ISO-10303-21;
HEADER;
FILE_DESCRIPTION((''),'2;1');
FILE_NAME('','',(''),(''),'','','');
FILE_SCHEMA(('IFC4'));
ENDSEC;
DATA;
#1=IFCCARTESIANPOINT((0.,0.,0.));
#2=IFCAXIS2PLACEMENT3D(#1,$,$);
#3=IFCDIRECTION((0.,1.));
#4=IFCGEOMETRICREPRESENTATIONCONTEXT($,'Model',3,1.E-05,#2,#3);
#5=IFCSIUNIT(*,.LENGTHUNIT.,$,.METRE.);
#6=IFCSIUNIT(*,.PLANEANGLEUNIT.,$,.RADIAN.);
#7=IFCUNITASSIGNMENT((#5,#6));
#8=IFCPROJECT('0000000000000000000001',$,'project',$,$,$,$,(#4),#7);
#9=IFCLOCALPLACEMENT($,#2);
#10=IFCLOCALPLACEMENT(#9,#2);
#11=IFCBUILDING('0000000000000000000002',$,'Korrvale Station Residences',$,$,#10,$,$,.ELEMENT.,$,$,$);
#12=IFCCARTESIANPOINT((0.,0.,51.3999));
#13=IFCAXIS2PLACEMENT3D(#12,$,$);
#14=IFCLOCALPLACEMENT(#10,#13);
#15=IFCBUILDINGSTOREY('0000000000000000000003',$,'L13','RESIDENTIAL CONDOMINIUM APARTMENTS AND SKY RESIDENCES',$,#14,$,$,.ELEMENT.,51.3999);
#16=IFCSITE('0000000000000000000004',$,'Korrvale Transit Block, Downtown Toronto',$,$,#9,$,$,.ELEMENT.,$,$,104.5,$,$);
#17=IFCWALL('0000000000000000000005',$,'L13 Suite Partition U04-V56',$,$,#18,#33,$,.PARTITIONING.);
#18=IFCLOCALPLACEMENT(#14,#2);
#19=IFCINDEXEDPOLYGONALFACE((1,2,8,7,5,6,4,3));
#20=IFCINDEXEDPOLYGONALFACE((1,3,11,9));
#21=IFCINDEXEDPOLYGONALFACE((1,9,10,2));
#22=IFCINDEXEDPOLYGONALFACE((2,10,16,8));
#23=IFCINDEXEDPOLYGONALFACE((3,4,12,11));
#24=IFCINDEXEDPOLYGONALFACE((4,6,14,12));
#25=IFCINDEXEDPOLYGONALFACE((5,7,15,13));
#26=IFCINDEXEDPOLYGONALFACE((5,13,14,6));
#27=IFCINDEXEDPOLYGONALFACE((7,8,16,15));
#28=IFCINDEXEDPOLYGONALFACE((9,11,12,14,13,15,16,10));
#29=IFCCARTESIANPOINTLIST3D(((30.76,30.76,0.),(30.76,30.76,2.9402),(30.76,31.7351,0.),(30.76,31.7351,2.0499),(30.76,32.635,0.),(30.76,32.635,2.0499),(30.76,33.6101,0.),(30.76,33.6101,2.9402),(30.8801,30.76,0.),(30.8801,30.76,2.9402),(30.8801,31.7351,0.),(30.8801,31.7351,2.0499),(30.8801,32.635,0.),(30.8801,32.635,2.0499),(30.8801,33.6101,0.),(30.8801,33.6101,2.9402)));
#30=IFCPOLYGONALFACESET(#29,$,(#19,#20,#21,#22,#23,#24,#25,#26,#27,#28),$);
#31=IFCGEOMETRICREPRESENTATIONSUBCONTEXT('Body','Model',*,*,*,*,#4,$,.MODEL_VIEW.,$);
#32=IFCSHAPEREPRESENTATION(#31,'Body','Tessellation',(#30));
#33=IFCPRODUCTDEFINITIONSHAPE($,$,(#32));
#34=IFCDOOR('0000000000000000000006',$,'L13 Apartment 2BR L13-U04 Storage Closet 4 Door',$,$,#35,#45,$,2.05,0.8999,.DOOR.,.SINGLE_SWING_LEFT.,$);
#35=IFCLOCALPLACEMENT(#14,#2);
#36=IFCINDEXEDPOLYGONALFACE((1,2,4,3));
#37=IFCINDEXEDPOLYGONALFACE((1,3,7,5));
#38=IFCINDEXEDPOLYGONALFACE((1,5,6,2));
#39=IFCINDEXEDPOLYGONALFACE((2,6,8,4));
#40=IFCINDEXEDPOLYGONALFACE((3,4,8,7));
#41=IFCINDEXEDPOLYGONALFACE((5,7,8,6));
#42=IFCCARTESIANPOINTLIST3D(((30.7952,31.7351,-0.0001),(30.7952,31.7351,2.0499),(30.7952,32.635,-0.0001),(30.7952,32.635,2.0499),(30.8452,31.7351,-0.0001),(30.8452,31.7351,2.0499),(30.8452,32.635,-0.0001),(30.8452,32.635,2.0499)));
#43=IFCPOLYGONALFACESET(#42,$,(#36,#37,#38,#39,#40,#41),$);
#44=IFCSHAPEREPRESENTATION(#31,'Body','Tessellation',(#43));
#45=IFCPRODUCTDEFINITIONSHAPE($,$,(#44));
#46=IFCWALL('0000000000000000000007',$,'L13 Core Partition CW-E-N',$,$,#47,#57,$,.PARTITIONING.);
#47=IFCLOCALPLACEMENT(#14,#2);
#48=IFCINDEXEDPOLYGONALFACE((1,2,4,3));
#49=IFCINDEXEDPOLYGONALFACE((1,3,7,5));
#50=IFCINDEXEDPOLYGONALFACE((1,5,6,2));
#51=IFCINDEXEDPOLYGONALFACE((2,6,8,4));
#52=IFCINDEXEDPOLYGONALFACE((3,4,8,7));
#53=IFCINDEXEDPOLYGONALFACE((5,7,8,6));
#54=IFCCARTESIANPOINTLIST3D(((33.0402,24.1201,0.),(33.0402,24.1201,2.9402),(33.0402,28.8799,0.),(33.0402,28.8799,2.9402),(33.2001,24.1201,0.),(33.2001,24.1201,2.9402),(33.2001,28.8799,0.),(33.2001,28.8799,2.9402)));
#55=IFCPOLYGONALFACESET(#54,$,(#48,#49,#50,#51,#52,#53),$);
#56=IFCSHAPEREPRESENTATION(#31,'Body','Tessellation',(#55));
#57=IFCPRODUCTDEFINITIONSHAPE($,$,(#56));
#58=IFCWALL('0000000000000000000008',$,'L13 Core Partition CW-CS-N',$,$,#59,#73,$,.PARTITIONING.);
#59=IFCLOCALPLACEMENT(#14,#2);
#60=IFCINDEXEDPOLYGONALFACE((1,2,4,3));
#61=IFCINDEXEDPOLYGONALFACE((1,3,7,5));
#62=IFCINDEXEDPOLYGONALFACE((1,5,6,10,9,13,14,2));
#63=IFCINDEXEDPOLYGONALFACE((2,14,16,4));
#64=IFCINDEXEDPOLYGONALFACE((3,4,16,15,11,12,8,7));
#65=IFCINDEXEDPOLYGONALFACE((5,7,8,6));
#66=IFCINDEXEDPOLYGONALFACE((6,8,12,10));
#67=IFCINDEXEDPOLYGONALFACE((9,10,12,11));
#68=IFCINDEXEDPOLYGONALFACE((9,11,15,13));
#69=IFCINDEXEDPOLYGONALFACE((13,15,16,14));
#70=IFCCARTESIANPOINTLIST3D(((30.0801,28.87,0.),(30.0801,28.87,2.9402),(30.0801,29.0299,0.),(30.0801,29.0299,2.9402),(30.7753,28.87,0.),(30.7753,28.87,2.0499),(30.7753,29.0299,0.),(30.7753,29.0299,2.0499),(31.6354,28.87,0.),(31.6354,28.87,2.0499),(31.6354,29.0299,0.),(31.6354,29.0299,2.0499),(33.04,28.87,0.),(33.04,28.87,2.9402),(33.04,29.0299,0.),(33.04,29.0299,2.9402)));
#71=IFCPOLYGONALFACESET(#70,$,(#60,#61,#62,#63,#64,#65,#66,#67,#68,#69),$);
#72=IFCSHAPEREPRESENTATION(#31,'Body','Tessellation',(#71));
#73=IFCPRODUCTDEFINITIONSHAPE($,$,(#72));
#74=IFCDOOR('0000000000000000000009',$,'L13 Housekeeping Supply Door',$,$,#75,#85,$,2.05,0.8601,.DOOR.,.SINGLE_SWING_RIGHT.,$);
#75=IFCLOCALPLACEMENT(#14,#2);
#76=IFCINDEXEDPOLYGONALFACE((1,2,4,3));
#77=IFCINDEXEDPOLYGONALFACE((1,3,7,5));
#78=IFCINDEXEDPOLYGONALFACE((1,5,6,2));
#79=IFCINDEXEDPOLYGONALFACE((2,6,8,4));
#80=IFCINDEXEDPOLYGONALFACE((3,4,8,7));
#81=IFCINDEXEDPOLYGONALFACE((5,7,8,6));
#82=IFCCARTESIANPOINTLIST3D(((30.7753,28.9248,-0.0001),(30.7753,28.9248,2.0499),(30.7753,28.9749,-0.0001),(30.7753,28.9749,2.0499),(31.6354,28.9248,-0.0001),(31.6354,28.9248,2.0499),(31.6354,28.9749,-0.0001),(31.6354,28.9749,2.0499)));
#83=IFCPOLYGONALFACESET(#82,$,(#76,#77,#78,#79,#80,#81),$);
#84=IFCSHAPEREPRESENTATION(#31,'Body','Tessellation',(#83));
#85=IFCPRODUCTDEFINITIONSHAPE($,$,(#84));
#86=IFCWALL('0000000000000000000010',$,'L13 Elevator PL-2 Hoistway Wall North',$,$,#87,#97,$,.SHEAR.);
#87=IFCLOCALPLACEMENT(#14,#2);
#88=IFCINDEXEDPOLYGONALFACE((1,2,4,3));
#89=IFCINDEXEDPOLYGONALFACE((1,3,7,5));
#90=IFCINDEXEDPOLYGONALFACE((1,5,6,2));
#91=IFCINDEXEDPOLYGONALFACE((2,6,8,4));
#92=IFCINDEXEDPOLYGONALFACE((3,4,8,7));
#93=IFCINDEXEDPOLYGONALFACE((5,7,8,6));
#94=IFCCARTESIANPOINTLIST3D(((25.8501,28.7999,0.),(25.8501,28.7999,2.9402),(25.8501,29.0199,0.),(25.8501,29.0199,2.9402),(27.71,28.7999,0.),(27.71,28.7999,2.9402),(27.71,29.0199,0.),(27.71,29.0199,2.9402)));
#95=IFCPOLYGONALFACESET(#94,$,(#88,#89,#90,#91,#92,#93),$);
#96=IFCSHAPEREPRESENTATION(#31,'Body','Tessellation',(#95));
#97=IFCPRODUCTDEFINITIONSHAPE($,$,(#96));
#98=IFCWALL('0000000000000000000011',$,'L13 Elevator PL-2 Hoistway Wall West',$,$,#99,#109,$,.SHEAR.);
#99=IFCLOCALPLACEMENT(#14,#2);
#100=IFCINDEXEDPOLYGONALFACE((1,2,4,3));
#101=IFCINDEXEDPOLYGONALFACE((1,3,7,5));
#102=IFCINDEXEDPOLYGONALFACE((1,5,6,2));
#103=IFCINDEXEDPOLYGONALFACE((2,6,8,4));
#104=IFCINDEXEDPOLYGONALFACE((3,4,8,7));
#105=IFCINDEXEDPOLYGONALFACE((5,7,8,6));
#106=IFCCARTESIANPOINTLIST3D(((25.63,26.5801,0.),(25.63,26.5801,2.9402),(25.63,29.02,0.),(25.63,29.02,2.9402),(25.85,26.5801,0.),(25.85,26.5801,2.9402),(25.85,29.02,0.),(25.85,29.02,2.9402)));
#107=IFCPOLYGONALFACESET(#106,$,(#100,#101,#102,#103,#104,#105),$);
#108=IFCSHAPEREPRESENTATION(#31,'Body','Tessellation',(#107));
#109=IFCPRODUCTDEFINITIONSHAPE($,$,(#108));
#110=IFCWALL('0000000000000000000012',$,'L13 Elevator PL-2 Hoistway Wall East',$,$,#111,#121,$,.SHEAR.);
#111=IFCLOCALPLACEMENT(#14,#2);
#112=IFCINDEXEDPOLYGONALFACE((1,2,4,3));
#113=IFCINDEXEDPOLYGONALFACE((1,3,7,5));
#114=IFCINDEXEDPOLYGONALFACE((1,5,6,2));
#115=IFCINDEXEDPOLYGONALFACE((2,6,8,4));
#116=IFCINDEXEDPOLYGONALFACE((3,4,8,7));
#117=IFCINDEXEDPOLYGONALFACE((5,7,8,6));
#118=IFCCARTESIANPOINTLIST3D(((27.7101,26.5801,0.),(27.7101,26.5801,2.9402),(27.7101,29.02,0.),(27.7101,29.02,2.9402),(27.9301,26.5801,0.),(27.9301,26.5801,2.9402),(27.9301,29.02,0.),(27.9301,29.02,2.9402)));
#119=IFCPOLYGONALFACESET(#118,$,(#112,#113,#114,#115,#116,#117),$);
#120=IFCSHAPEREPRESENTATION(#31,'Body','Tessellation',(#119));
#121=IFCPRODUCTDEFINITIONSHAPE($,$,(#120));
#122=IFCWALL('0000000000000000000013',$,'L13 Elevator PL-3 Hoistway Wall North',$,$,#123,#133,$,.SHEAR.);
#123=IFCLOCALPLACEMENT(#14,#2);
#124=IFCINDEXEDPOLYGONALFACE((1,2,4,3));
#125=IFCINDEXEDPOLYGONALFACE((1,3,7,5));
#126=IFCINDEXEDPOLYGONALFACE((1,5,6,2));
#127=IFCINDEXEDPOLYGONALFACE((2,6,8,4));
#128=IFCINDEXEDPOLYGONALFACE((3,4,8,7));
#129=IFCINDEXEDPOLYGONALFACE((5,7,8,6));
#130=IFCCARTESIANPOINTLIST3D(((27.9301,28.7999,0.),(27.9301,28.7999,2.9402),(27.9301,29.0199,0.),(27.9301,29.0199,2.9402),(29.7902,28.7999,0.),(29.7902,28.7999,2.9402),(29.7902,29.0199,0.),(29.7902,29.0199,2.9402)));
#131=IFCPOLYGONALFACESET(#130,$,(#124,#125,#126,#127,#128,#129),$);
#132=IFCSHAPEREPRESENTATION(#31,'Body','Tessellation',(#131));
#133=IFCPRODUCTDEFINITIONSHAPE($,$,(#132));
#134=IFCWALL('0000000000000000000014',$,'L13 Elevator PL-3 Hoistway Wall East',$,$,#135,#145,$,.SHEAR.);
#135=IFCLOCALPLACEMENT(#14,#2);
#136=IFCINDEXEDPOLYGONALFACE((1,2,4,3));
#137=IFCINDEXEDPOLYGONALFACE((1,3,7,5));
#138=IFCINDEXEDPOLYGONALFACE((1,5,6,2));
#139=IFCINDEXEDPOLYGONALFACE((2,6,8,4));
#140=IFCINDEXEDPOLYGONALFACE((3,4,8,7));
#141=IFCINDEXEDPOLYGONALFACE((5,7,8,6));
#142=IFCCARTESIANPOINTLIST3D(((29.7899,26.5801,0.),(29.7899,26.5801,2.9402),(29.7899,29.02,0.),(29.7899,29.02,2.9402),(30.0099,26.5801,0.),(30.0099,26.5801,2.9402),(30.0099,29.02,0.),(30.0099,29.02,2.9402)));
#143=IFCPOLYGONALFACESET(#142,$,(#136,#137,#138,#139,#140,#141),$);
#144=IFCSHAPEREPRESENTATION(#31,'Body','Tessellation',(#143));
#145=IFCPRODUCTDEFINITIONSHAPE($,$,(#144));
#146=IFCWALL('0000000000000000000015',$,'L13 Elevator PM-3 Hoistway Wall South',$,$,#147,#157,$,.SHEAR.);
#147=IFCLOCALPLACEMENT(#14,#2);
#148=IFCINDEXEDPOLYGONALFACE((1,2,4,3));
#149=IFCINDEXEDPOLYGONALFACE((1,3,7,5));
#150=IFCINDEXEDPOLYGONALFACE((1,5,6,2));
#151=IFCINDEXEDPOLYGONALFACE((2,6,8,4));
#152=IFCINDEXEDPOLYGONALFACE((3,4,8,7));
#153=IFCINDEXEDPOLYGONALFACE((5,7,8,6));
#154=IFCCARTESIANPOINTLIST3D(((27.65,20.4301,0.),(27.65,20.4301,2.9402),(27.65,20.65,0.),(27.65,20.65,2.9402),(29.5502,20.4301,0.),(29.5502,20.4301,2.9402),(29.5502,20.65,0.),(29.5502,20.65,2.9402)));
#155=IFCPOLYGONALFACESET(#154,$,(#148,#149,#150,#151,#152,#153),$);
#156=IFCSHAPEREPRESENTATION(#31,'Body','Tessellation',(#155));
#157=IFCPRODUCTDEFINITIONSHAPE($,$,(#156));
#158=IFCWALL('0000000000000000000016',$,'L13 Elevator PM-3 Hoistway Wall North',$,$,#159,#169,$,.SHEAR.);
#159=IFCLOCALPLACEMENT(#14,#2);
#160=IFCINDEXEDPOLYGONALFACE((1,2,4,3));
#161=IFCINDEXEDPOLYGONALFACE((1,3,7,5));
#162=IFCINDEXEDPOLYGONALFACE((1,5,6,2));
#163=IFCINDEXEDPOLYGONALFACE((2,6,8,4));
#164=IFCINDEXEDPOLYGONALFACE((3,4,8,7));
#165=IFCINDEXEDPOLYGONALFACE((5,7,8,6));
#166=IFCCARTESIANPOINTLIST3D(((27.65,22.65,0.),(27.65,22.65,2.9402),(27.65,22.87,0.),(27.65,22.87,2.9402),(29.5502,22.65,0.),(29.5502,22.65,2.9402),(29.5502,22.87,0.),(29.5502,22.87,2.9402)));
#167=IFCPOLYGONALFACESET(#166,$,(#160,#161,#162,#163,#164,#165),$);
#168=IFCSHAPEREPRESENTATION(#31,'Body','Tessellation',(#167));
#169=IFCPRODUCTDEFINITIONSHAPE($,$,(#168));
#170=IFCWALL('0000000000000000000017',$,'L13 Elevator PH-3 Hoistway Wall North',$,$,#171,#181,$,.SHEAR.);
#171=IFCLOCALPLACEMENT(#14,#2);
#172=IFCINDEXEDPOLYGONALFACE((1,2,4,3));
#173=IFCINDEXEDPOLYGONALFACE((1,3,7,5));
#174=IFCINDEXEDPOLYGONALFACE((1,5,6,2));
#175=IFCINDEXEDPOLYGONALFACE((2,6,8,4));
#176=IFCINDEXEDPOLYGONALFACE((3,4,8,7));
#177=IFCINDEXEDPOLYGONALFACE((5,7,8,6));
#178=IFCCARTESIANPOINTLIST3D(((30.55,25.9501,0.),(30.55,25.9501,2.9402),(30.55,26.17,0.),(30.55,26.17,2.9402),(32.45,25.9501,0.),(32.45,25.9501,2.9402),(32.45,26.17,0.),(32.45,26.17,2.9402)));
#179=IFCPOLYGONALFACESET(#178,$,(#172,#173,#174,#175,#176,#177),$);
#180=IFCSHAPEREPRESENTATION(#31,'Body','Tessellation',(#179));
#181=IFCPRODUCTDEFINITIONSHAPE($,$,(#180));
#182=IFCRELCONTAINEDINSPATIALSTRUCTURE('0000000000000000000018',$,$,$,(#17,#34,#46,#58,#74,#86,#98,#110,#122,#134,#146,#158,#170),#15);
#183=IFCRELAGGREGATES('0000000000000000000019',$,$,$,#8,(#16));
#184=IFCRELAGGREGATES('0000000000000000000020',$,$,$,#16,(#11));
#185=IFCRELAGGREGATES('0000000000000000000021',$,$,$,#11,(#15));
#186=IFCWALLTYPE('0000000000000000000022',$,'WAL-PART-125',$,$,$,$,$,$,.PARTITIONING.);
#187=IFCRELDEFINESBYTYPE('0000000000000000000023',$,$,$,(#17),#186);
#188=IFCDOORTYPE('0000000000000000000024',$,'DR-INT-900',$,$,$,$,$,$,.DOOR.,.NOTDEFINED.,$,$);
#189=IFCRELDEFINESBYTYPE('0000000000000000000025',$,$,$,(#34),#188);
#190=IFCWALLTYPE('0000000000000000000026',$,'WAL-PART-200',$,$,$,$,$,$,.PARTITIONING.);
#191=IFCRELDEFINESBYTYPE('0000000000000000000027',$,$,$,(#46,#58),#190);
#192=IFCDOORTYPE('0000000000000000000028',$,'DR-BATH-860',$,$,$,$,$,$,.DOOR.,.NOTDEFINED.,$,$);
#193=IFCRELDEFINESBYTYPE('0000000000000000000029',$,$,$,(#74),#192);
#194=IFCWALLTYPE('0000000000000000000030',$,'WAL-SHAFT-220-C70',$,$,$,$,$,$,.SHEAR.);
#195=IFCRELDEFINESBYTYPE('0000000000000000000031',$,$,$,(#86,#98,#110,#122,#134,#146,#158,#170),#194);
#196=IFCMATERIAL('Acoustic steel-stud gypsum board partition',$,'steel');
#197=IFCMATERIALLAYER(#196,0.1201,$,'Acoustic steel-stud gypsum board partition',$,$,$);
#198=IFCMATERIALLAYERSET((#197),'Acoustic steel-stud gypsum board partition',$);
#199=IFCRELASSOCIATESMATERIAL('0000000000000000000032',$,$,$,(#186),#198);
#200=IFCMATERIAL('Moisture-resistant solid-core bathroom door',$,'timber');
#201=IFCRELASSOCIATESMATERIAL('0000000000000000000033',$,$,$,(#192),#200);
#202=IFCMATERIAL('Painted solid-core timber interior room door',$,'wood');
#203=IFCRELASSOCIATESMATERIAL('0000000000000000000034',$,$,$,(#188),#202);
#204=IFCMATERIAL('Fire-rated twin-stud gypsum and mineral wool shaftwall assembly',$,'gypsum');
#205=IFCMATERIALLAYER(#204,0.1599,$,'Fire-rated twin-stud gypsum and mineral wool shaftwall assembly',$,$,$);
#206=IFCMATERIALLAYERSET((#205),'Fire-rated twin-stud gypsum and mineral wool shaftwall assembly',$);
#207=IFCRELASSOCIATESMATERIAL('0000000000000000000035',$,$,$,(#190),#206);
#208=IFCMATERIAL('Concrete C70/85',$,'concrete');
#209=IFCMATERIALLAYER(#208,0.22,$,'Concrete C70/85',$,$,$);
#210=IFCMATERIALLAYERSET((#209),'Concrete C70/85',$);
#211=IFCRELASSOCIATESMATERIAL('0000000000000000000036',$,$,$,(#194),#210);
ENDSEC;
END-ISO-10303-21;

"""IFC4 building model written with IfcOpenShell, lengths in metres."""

from ifc_helpers import new_model, si_unit, direction, frame, frame_2d, origin, place, context, subcontext, project, spatial, rectangle, extrude, material, layer, layer_set, type_object, element, fill, save


model = new_model("IFC4")

# Units and contexts
model_context = context("Model", 3, precision=1e-05, world=origin(), true_north=direction((0.0, 1.0)))
body_context = subcontext(model_context, "Body", "Model", "MODEL_VIEW")
ifc_project = project(units=[si_unit("LENGTHUNIT", "METRE"), si_unit("PLANEANGLEUNIT", "RADIAN")], contexts=[model_context])

# Site, building, storey
site_placement = place(None, origin())
site = spatial("IfcSite", under=ifc_project, at=site_placement, Name="Korrvale Transit Block, Downtown Toronto", CompositionType="ELEMENT", RefElevation=104.5)
building_placement = place(site_placement, origin())
building = spatial("IfcBuilding", under=site, at=building_placement, Name="Korrvale Station Residences", CompositionType="ELEMENT")
storey_placement = place(building_placement, frame((0.0, 0.0, 51.3999)))
storey = spatial("IfcBuildingStorey", under=building, at=storey_placement, Name="L13", Description="RESIDENTIAL CONDOMINIUM APARTMENTS AND SKY RESIDENCES", CompositionType="ELEMENT", Elevation=51.3999)

# Shared definitions
ifc_material_1 = material(Name="Concrete C70/85", Category="concrete")

# Shared definitions
ifc_material_2 = material(Name="Acoustic steel-stud gypsum board partition", Category="steel")
ifc_layer_1 = layer(ifc_material_2, 0.1201, Name="Acoustic steel-stud gypsum board partition")
ifc_layer_set_1 = layer_set([ifc_layer_1], Name="Acoustic steel-stud gypsum board partition")
wall_type_1 = type_object("IfcWallType", Name="WAL-PART-125", PredefinedType="PARTITIONING", material=ifc_layer_set_1)

# Wall, opening, door
ifc_material_3 = material(Name="Moisture-resistant solid-core bathroom door", Category="timber")
door_type_1 = type_object("IfcDoorType", Name="DR-BATH-860", OperationType="NOTDEFINED", PredefinedType="DOOR", material=ifc_material_3)
ifc_material_4 = material(Name="Painted solid-core timber interior room door", Category="wood")
door_type_2 = type_object("IfcDoorType", Name="DR-INT-900", OperationType="NOTDEFINED", PredefinedType="DOOR", material=ifc_material_4)
wall_1_placement = place(storey_placement, frame((30.8201, 30.76, 0.0), z_axis=(0.0, 0.0, 1.0), x_axis=(0.0, 1.0, 0.0)))
wall_1 = element("IfcWall", 1, at=wall_1_placement, inside=storey, type_object=wall_type_1, Name="L13 Suite Partition U04-V56", PredefinedType="PARTITIONING", context=body_context, shape_type="SweptSolid", body=[
    extrude(rectangle(XDim=2.8501, YDim=0.1201, at=frame_2d((1.425, 0.0))), origin(), (0.0, 0.0, 1.0), 2.9402),
])
opening_1_placement = place(wall_1_placement, frame((0.9751, 0.0, 0.0)))
opening_1 = element("IfcOpeningElement", 2, at=opening_1_placement, cuts=wall_1, PredefinedType="OPENING", context=body_context, shape_type="SweptSolid", body=[
    extrude(rectangle(XDim=0.8999, YDim=2.05, at=frame_2d((0.45, 1.0249))), frame((0.0, 0.0701, 0.0), z_axis=(0.0, -1.0, 0.0), x_axis=(1.0, 0.0, 0.0)), (0.0, 0.0, 1.0), 0.1401),
])
door_1_placement = place(opening_1_placement, origin())
door_1 = element("IfcDoor", 3, at=door_1_placement, inside=storey, type_object=door_type_2, Name="L13 Apartment 2BR L13-U04 Storage Closet 4 Door", OperationType="SINGLE_SWING_LEFT", OverallHeight=2.05, OverallWidth=0.8999, PredefinedType="DOOR", context=body_context, shape_type="SweptSolid", body=[
    extrude(rectangle(XDim=0.8999, YDim=2.05, at=frame_2d((0.45, 1.0249))), frame((0.0, 0.0249, 0.0), z_axis=(0.0, -1.0, 0.0), x_axis=(1.0, 0.0, 0.0)), (0.0, 0.0, 1.0), 0.05),
])
fill(opening_1, door_1)

# Wall
ifc_material_5 = material(Name="Fire-rated twin-stud gypsum and mineral wool shaftwall assembly", Category="gypsum")
ifc_layer_2 = layer(ifc_material_5, 0.1599, Name="Fire-rated twin-stud gypsum and mineral wool shaftwall assembly")
ifc_layer_set_2 = layer_set([ifc_layer_2], Name="Fire-rated twin-stud gypsum and mineral wool shaftwall assembly")
wall_type_2 = type_object("IfcWallType", Name="WAL-PART-200", PredefinedType="PARTITIONING", material=ifc_layer_set_2)
wall_2_placement = place(storey_placement, frame((33.1201, 24.1201, 0.0), z_axis=(0.0, 0.0, 1.0), x_axis=(0.0, 1.0, 0.0)))
element("IfcWall", 4, at=wall_2_placement, inside=storey, type_object=wall_type_2, Name="L13 Core Partition CW-E-N", PredefinedType="PARTITIONING", context=body_context, shape_type="SweptSolid", body=[
    extrude(rectangle(XDim=4.7598, YDim=0.1599, at=frame_2d((2.3799, 0.0))), origin(), (0.0, 0.0, 1.0), 2.9402),
])

# Wall, opening, door
wall_3_placement = place(storey_placement, frame((30.0801, 28.95, 0.0), z_axis=(0.0, 0.0, 1.0), x_axis=(1.0, 0.0, 0.0)))
wall_3 = element("IfcWall", 5, at=wall_3_placement, inside=storey, type_object=wall_type_2, Name="L13 Core Partition CW-CS-N", PredefinedType="PARTITIONING", context=body_context, shape_type="SweptSolid", body=[
    extrude(rectangle(XDim=2.96, YDim=0.1599, at=frame_2d((1.48, 0.0))), origin(), (0.0, 0.0, 1.0), 2.9402),
])
opening_2_placement = place(wall_3_placement, frame((0.6951, 0.0, 0.0)))
opening_2 = element("IfcOpeningElement", 6, at=opening_2_placement, cuts=wall_3, PredefinedType="OPENING", context=body_context, shape_type="SweptSolid", body=[
    extrude(rectangle(XDim=0.8601, YDim=2.05, at=frame_2d((0.4302, 1.0249))), frame((0.0, 0.0898, 0.0), z_axis=(0.0, -1.0, 0.0), x_axis=(1.0, 0.0, 0.0)), (0.0, 0.0, 1.0), 0.1799),
])
door_2_placement = place(opening_2_placement, origin())
door_2 = element("IfcDoor", 7, at=door_2_placement, inside=storey, type_object=door_type_1, Name="L13 Housekeeping Supply Door", OperationType="SINGLE_SWING_RIGHT", OverallHeight=2.05, OverallWidth=0.8601, PredefinedType="DOOR", context=body_context, shape_type="SweptSolid", body=[
    extrude(rectangle(XDim=0.8601, YDim=2.05, at=frame_2d((0.4302, 1.0249))), frame((0.0, 0.0249, 0.0), z_axis=(0.0, -1.0, 0.0), x_axis=(1.0, 0.0, 0.0)), (0.0, 0.0, 1.0), 0.05),
])
fill(opening_2, door_2)
ifc_layer_3 = layer(ifc_material_1, 0.22, Name="Concrete C70/85")
ifc_layer_set_3 = layer_set([ifc_layer_3], Name="Concrete C70/85")
wall_type_3 = type_object("IfcWallType", Name="WAL-SHAFT-220-C70", PredefinedType="SHEAR", material=ifc_layer_set_3)

# Walls
wall_4_placement = place(storey_placement, frame((25.8501, 28.9099, 0.0), z_axis=(0.0, 0.0, 1.0), x_axis=(1.0, 0.0, 0.0)))
element("IfcWall", 8, at=wall_4_placement, inside=storey, type_object=wall_type_3, Name="L13 Elevator PL-2 Hoistway Wall North", PredefinedType="SHEAR", context=body_context, shape_type="SweptSolid", body=[
    extrude(rectangle(XDim=1.8599, YDim=0.22, at=frame_2d((0.9299, 0.0))), origin(), (0.0, 0.0, 1.0), 2.9402),
])
for number, where, z_axis, x_axis, name in (
    (9, (25.74, 26.5801, 0.0), (0.0, 0.0, 1.0), (0.0, 1.0, 0.0), "L13 Elevator PL-2 Hoistway Wall West"),
    (10, (27.8201, 26.5801, 0.0), (0.0, 0.0, 1.0), (0.0, 1.0, 0.0), "L13 Elevator PL-2 Hoistway Wall East"),
):
    element("IfcWall", number, at=place(storey_placement, frame(where, z_axis=z_axis, x_axis=x_axis)), inside=storey, type_object=wall_type_3, Name=name, PredefinedType="SHEAR", context=body_context, shape_type="SweptSolid", body=[
        extrude(rectangle(XDim=2.4399, YDim=0.22, at=frame_2d((1.22, 0.0))), origin(), (0.0, 0.0, 1.0), 2.9402),
    ])

# Walls
wall_5_placement = place(storey_placement, frame((27.9299, 28.9099, 0.0), z_axis=(0.0, 0.0, 1.0), x_axis=(1.0, 0.0, 0.0)))
element("IfcWall", 11, at=wall_5_placement, inside=storey, type_object=wall_type_3, Name="L13 Elevator PL-3 Hoistway Wall North", PredefinedType="SHEAR", context=body_context, shape_type="SweptSolid", body=[
    extrude(rectangle(XDim=1.8601, YDim=0.22, at=frame_2d((0.9302, 0.0))), origin(), (0.0, 0.0, 1.0), 2.9402),
])
wall_6_placement = place(storey_placement, frame((29.8999, 26.5801, 0.0), z_axis=(0.0, 0.0, 1.0), x_axis=(0.0, 1.0, 0.0)))
element("IfcWall", 12, at=wall_6_placement, inside=storey, type_object=wall_type_3, Name="L13 Elevator PL-3 Hoistway Wall East", PredefinedType="SHEAR", context=body_context, shape_type="SweptSolid", body=[
    extrude(rectangle(XDim=2.4399, YDim=0.22, at=frame_2d((1.22, 0.0))), origin(), (0.0, 0.0, 1.0), 2.9402),
])
for number, where, z_axis, x_axis, name in (
    (13, (27.6499, 20.54, 0.0), (0.0, 0.0, 1.0), (1.0, 0.0, 0.0), "L13 Elevator PM-3 Hoistway Wall South"),
    (14, (27.6499, 22.76, 0.0), (0.0, 0.0, 1.0), (1.0, 0.0, 0.0), "L13 Elevator PM-3 Hoistway Wall North"),
):
    element("IfcWall", number, at=place(storey_placement, frame(where, z_axis=z_axis, x_axis=x_axis)), inside=storey, type_object=wall_type_3, Name=name, PredefinedType="SHEAR", context=body_context, shape_type="SweptSolid", body=[
        extrude(rectangle(XDim=1.9001, YDim=0.22, at=frame_2d((0.9502, 0.0))), origin(), (0.0, 0.0, 1.0), 2.9402),
    ])
wall_7_placement = place(storey_placement, frame((30.55, 26.0601, 0.0), z_axis=(0.0, 0.0, 1.0), x_axis=(1.0, 0.0, 0.0)))
element("IfcWall", 15, at=wall_7_placement, inside=storey, type_object=wall_type_3, Name="L13 Elevator PH-3 Hoistway Wall North", PredefinedType="SHEAR", context=body_context, shape_type="SweptSolid", body=[
    extrude(rectangle(XDim=1.8999, YDim=0.22, at=frame_2d((0.95, 0.0))), origin(), (0.0, 0.0, 1.0), 2.9402),
])

save(model, "model.ifc")
